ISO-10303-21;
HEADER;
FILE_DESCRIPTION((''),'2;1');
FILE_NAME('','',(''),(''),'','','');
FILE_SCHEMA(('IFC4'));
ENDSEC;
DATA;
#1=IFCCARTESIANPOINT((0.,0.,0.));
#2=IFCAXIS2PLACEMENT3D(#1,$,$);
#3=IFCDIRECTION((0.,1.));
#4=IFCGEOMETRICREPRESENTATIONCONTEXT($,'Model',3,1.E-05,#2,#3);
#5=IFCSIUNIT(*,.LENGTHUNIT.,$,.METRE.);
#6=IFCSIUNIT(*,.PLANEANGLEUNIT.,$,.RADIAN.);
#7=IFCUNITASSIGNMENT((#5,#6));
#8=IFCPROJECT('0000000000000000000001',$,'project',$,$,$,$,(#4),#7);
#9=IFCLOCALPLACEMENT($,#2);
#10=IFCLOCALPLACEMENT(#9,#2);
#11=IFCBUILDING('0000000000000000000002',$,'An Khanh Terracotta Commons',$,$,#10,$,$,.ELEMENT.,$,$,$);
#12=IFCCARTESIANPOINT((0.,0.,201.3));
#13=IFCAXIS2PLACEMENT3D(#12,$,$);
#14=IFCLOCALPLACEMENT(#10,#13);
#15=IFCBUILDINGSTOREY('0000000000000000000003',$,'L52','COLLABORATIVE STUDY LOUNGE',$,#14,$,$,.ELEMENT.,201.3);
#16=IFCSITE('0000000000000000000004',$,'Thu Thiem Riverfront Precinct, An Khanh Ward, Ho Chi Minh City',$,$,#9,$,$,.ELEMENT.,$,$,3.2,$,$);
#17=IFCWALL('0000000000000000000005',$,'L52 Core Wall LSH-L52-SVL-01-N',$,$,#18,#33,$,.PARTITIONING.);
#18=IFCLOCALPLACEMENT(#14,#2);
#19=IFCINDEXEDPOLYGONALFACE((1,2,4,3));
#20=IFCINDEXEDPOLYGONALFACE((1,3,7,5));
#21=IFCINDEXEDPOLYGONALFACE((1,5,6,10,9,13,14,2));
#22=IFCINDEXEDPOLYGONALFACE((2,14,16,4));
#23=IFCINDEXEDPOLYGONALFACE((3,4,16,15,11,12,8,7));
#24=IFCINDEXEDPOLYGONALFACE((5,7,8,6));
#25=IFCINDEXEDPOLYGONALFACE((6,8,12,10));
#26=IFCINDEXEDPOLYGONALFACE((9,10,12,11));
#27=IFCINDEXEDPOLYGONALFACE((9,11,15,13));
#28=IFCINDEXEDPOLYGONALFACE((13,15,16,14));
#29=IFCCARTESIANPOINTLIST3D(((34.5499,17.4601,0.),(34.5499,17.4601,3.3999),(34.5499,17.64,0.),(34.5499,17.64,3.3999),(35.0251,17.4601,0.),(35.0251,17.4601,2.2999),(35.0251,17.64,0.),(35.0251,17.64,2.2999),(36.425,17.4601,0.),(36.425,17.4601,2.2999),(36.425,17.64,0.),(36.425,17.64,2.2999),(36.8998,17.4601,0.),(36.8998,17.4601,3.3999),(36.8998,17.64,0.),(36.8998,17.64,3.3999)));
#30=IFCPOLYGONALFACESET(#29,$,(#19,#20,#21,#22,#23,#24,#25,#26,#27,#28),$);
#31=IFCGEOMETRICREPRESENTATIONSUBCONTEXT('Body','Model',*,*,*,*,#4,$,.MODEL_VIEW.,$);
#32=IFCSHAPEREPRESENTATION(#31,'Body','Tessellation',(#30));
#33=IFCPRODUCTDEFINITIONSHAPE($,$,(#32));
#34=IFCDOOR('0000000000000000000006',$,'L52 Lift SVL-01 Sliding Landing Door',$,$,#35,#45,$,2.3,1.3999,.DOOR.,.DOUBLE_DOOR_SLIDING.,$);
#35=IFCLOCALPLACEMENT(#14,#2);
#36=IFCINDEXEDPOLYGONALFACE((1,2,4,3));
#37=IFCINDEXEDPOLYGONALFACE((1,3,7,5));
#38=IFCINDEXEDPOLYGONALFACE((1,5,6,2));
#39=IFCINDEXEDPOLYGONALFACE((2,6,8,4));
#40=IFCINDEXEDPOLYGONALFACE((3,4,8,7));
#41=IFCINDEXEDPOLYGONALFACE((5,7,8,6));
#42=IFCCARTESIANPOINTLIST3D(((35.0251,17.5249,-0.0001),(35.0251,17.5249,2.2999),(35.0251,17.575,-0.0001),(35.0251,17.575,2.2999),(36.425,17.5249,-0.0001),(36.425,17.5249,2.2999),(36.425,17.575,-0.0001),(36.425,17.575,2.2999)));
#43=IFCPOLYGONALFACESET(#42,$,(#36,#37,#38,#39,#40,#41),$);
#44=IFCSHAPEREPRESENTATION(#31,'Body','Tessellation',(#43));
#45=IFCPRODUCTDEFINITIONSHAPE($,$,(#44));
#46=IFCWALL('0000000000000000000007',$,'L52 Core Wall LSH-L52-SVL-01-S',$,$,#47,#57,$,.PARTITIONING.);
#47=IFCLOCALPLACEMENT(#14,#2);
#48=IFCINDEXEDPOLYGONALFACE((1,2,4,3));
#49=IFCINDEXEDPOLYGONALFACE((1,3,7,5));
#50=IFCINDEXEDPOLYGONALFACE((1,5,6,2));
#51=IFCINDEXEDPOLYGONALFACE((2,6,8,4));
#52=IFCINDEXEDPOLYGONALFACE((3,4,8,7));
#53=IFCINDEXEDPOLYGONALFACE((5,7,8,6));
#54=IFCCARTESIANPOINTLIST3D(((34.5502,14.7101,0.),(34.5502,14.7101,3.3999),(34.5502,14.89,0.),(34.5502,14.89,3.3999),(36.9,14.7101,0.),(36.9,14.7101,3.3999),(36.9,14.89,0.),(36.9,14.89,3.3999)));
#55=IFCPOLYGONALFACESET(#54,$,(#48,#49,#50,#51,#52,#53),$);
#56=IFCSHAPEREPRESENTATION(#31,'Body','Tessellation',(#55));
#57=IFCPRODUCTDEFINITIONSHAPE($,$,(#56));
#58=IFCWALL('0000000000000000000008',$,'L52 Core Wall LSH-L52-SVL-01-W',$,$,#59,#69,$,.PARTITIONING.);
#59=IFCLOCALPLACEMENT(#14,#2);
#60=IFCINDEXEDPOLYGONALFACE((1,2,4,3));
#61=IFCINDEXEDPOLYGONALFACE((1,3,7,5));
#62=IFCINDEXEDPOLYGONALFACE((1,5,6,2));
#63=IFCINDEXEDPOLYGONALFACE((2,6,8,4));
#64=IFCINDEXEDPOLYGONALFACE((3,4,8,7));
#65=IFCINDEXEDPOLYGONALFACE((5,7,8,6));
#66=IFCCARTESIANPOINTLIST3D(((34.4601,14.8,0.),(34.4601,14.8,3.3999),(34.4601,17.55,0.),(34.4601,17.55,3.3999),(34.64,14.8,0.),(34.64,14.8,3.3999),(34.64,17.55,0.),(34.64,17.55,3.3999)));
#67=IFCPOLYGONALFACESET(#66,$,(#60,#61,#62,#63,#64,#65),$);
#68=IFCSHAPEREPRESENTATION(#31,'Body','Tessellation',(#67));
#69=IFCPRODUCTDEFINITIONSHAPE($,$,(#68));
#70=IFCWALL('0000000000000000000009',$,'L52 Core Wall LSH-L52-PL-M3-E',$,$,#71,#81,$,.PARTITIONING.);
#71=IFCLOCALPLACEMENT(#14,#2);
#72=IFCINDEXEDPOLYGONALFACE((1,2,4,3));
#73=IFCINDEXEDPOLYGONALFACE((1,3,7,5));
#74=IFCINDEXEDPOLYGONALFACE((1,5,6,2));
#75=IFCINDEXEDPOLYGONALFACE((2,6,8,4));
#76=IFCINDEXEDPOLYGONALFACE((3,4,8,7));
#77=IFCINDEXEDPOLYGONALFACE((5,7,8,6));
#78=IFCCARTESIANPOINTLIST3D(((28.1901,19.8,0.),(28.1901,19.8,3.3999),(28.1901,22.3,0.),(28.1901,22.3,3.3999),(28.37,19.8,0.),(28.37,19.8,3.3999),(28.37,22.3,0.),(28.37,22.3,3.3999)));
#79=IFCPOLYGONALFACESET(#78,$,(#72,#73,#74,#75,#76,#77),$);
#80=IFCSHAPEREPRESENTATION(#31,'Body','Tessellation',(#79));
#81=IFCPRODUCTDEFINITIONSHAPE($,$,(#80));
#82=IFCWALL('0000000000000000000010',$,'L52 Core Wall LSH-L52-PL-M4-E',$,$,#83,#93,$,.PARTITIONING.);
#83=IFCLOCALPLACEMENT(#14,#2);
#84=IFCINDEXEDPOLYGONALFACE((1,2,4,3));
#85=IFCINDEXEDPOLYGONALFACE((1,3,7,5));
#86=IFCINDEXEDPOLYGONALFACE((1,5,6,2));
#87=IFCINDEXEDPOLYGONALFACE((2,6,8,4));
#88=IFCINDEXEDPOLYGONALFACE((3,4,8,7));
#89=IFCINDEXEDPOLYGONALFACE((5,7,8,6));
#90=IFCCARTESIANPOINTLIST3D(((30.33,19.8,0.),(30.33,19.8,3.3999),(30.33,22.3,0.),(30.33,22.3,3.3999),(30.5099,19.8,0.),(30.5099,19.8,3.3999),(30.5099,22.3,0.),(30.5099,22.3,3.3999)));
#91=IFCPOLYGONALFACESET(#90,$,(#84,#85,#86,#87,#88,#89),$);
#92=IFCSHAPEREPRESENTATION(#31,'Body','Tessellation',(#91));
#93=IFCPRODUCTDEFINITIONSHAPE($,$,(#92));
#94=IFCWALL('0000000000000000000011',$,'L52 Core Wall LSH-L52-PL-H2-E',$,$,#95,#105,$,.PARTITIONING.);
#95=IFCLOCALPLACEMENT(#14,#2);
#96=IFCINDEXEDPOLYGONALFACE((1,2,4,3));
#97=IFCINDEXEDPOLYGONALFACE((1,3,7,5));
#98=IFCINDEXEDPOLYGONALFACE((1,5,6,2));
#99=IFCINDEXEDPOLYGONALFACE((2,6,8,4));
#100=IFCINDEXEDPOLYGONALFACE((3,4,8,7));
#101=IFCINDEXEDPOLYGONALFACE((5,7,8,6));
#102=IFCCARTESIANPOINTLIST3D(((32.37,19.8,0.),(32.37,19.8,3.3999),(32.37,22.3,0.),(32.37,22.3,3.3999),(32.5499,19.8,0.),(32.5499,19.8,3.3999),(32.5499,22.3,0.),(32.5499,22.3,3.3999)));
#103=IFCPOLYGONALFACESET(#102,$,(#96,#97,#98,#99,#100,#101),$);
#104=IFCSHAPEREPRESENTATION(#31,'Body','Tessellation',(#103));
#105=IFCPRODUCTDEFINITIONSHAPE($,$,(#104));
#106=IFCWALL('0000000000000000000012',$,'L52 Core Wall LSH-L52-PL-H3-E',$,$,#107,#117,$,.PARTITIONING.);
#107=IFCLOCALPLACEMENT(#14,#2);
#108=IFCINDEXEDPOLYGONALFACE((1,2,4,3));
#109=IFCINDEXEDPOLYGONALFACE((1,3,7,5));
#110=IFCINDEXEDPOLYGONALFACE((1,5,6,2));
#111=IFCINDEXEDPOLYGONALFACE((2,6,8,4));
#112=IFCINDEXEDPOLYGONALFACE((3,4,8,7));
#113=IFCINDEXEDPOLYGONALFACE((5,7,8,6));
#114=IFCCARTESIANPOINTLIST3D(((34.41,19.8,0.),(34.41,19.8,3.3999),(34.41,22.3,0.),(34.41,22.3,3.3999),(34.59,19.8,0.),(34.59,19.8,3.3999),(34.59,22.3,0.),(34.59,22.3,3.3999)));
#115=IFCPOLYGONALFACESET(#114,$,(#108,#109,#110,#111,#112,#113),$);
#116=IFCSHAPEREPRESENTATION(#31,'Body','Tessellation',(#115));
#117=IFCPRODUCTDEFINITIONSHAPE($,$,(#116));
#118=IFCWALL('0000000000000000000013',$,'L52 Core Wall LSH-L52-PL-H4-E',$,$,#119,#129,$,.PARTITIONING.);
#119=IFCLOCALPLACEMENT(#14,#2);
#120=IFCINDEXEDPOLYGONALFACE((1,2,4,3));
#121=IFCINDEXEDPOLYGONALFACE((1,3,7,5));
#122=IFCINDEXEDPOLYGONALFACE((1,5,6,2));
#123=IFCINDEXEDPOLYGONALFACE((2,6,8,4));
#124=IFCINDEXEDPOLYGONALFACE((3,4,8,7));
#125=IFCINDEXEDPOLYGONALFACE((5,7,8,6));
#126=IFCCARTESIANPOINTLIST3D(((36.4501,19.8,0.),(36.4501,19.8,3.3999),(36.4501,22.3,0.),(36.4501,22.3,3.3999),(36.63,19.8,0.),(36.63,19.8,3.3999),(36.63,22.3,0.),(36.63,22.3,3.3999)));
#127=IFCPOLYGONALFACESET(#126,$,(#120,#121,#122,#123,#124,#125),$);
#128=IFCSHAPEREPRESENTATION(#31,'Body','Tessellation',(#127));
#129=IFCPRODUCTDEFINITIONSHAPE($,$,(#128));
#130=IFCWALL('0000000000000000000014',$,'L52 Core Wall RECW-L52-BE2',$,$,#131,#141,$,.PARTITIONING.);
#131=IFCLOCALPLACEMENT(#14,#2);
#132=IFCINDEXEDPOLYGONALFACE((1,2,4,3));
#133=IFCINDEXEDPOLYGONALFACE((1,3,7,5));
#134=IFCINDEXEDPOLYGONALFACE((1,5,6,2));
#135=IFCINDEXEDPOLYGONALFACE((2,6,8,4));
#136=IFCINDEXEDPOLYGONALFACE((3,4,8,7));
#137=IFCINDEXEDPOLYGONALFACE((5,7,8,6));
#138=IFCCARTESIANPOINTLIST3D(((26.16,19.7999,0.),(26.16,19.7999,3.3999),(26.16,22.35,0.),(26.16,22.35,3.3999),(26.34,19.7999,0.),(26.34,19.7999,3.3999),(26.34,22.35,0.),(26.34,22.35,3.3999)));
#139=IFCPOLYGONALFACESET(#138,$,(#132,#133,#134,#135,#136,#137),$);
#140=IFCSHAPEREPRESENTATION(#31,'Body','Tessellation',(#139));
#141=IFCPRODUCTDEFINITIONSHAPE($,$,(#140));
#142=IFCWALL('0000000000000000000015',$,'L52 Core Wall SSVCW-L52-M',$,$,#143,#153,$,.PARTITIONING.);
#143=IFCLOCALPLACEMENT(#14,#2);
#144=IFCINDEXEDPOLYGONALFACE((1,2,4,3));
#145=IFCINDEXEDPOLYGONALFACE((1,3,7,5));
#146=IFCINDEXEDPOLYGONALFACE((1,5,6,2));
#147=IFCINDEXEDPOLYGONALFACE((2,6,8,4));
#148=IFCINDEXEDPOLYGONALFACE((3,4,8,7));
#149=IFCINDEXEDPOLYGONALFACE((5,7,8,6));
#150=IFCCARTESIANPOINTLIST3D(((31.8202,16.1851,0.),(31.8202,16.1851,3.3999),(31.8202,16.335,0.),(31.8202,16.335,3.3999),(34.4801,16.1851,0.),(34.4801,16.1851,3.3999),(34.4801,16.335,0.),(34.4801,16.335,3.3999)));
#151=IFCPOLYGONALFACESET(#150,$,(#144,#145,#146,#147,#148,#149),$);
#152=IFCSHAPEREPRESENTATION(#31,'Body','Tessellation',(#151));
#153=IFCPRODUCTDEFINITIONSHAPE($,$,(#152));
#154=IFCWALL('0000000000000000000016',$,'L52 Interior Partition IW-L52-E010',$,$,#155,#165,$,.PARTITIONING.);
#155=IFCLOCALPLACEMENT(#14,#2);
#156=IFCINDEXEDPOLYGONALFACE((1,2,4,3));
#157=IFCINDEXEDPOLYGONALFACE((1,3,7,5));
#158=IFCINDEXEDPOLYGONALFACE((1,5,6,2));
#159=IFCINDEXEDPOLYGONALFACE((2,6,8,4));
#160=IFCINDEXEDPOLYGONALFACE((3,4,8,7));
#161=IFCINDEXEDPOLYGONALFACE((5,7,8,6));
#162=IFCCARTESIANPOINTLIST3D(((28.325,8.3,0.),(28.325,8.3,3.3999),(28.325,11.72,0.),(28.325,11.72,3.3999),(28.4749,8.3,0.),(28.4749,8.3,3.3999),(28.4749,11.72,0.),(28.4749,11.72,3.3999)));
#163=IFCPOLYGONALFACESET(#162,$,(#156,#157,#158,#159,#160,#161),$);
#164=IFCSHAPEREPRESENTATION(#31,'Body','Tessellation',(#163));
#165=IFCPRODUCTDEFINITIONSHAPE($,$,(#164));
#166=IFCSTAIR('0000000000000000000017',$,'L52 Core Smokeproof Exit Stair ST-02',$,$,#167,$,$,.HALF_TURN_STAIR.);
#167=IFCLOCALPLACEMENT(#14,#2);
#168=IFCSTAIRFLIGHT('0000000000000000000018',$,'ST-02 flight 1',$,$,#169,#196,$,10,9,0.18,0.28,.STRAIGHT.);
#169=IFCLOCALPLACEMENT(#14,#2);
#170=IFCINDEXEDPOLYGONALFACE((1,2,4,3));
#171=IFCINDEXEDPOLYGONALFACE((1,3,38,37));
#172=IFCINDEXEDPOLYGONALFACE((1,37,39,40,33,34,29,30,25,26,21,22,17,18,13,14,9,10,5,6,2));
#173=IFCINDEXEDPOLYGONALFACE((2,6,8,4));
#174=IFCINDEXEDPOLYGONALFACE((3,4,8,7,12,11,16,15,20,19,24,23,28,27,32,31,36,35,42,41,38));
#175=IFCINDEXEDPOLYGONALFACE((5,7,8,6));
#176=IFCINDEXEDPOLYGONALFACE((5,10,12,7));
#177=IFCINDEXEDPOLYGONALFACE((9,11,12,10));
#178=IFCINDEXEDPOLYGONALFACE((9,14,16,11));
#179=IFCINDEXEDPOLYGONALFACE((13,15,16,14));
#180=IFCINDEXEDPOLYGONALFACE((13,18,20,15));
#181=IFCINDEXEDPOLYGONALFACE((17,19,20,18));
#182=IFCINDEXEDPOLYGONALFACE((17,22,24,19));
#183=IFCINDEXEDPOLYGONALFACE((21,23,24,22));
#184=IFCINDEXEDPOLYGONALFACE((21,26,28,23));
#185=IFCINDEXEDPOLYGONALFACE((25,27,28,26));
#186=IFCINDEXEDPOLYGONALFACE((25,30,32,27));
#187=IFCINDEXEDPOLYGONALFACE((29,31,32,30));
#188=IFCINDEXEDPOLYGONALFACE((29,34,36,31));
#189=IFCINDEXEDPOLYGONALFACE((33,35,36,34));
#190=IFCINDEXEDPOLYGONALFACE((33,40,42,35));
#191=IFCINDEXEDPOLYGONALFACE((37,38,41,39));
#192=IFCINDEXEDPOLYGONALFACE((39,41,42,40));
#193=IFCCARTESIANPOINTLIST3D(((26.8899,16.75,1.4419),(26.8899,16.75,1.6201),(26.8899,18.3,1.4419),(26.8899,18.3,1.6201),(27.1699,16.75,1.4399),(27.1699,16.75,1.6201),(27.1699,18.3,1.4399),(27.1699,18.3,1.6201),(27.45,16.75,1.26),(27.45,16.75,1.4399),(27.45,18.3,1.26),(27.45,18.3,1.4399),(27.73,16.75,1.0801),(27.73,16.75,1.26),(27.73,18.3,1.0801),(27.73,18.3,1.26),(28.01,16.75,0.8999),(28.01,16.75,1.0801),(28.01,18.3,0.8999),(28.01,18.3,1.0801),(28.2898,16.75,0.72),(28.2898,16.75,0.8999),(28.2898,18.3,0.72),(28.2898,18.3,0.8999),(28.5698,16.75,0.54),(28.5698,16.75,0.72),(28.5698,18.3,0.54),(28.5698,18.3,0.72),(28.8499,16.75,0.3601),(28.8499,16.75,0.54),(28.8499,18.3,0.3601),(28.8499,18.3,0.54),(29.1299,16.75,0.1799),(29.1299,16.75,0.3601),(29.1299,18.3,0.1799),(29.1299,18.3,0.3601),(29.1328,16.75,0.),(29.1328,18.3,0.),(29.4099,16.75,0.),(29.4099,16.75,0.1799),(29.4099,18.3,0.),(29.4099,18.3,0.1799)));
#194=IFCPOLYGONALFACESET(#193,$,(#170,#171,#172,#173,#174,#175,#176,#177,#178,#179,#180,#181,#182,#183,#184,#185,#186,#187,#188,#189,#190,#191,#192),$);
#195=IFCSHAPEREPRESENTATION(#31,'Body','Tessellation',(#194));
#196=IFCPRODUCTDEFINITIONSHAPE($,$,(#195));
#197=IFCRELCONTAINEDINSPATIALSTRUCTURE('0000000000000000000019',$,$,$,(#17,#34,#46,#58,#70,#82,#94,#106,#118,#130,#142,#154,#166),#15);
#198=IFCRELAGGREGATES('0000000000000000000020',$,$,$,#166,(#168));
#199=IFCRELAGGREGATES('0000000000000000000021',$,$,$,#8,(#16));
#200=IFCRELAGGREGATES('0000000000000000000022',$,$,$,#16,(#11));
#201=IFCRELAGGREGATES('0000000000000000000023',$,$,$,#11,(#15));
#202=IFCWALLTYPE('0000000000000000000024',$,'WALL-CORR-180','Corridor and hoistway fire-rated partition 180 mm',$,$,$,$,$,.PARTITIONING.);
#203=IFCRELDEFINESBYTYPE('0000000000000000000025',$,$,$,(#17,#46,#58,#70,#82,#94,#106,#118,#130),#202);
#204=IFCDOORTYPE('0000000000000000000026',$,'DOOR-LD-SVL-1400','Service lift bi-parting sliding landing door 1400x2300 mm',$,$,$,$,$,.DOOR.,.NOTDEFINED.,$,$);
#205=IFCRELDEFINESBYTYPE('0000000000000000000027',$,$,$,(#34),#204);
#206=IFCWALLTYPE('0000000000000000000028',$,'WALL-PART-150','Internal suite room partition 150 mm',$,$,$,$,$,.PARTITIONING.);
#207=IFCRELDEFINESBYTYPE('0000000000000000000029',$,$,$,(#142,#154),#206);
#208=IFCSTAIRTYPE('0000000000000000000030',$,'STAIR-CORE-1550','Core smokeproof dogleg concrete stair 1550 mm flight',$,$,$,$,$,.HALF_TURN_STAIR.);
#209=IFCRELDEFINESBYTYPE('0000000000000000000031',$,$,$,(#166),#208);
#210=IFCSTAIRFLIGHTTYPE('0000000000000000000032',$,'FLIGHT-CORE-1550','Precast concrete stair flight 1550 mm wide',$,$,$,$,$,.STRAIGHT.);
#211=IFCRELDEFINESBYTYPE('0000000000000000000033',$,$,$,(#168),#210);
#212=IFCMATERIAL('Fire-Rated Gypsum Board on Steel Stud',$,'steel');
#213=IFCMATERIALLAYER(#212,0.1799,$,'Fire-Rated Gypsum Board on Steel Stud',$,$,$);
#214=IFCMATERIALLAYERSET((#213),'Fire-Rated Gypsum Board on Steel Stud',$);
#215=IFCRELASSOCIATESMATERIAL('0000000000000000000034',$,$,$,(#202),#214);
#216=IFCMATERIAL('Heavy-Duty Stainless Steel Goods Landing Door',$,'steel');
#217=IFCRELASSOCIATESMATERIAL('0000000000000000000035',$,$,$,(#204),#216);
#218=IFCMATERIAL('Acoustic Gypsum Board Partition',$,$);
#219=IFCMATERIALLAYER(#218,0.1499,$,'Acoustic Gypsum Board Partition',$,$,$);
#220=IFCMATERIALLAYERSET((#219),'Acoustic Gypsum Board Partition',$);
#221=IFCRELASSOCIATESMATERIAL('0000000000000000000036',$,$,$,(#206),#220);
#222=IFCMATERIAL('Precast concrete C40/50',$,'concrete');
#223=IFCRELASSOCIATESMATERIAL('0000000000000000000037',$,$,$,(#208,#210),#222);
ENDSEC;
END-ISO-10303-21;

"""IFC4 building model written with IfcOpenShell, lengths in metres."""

from ifc_helpers import new_model, si_unit, direction, frame, frame_2d, origin, place, context, subcontext, project, spatial, polyline, rectangle, outline, extrude, material, layer, layer_set, type_object, element, fill, aggregate, save


model = new_model("IFC4")

# Units and contexts
model_context = context("Model", 3, precision=1e-05, world=origin(), true_north=direction((0.0, 1.0)))
body_context = subcontext(model_context, "Body", "Model", "MODEL_VIEW")
ifc_project = project(units=[si_unit("LENGTHUNIT", "METRE"), si_unit("PLANEANGLEUNIT", "RADIAN")], contexts=[model_context])

# Site, building, storey
site_placement = place(None, origin())
site = spatial("IfcSite", under=ifc_project, at=site_placement, Name="Thu Thiem Riverfront Precinct, An Khanh Ward, Ho Chi Minh City", CompositionType="ELEMENT", RefElevation=3.2)
building_placement = place(site_placement, origin())
building = spatial("IfcBuilding", under=site, at=building_placement, Name="An Khanh Terracotta Commons", CompositionType="ELEMENT")
storey_placement = place(building_placement, frame((0.0, 0.0, 201.3)))
storey = spatial("IfcBuildingStorey", under=building, at=storey_placement, Name="L52", Description="COLLABORATIVE STUDY LOUNGE", CompositionType="ELEMENT", Elevation=201.3)

# Wall, opening, door
ifc_material_1 = material(Name="Fire-Rated Gypsum Board on Steel Stud", Category="steel")
ifc_layer_1 = layer(ifc_material_1, 0.1799, Name="Fire-Rated Gypsum Board on Steel Stud")
ifc_layer_set_1 = layer_set([ifc_layer_1], Name="Fire-Rated Gypsum Board on Steel Stud")
wall_type_1 = type_object("IfcWallType", Name="WALL-CORR-180", Description="Corridor and hoistway fire-rated partition 180 mm", PredefinedType="PARTITIONING", material=ifc_layer_set_1)
wall_1_placement = place(storey_placement, frame((34.55, 17.55, 0.0), z_axis=(0.0, 0.0, 1.0), x_axis=(1.0, 0.0, 0.0)))
wall_1 = element("IfcWall", 1, at=wall_1_placement, inside=storey, type_object=wall_type_1, Name="L52 Core Wall LSH-L52-SVL-01-N", PredefinedType="PARTITIONING", context=body_context, shape_type="SweptSolid", body=[
    extrude(rectangle(XDim=2.3499, YDim=0.1799, at=frame_2d((1.1748, 0.0))), origin(), (0.0, 0.0, 1.0), 3.3999),
])
opening_1_placement = place(wall_1_placement, frame((0.4751, 0.0, 0.0)))
opening_1 = element("IfcOpeningElement", 2, at=opening_1_placement, cuts=wall_1, PredefinedType="OPENING", context=body_context, shape_type="SweptSolid", body=[
    extrude(rectangle(XDim=1.3999, YDim=2.3, at=frame_2d((0.7, 1.1499))), frame((0.0, 0.0999, 0.0), z_axis=(0.0, -1.0, 0.0), x_axis=(1.0, 0.0, 0.0)), (0.0, 0.0, 1.0), 0.2),
])
ifc_material_2 = material(Name="Heavy-Duty Stainless Steel Goods Landing Door", Category="steel")
door_type_1 = type_object("IfcDoorType", Name="DOOR-LD-SVL-1400", Description="Service lift bi-parting sliding landing door 1400x2300 mm", OperationType="NOTDEFINED", PredefinedType="DOOR", material=ifc_material_2)
door_1_placement = place(opening_1_placement, origin())
door_1 = element("IfcDoor", 3, at=door_1_placement, inside=storey, type_object=door_type_1, Name="L52 Lift SVL-01 Sliding Landing Door", OperationType="DOUBLE_DOOR_SLIDING", OverallHeight=2.3, OverallWidth=1.3999, PredefinedType="DOOR", context=body_context, shape_type="SweptSolid", body=[
    extrude(rectangle(XDim=1.3999, YDim=2.3, at=frame_2d((0.7, 1.1499))), frame((0.0, 0.0249, 0.0), z_axis=(0.0, -1.0, 0.0), x_axis=(1.0, 0.0, 0.0)), (0.0, 0.0, 1.0), 0.05),
])
fill(opening_1, door_1)

# Walls
wall_2_placement = place(storey_placement, frame((36.8999, 14.8, 0.0), z_axis=(0.0, 0.0, 1.0), x_axis=(-1.0, 0.0, 0.0)))
element("IfcWall", 4, at=wall_2_placement, inside=storey, type_object=wall_type_1, Name="L52 Core Wall LSH-L52-SVL-01-S", PredefinedType="PARTITIONING", context=body_context, shape_type="SweptSolid", body=[
    extrude(rectangle(XDim=2.3499, YDim=0.1799, at=frame_2d((1.1748, 0.0))), origin(), (0.0, 0.0, 1.0), 3.3999),
])
wall_3_placement = place(storey_placement, frame((34.55, 17.55, 0.0), z_axis=(0.0, 0.0, 1.0), x_axis=(0.0, -1.0, 0.0)))
element("IfcWall", 5, at=wall_3_placement, inside=storey, type_object=wall_type_1, Name="L52 Core Wall LSH-L52-SVL-01-W", PredefinedType="PARTITIONING", context=body_context, shape_type="SweptSolid", body=[
    extrude(rectangle(XDim=2.75, YDim=0.1799, at=frame_2d((1.375, 0.0))), origin(), (0.0, 0.0, 1.0), 3.3999),
])
for number, where, z_axis, x_axis, name in (
    (6, (28.28, 19.8, 0.0), (0.0, 0.0, 1.0), (0.0, 1.0, 0.0), "L52 Core Wall LSH-L52-PL-M3-E"),
    (7, (30.4199, 19.8, 0.0), (0.0, 0.0, 1.0), (0.0, 1.0, 0.0), "L52 Core Wall LSH-L52-PL-M4-E"),
    (8, (32.46, 19.8, 0.0), (0.0, 0.0, 1.0), (0.0, 1.0, 0.0), "L52 Core Wall LSH-L52-PL-H2-E"),
    (9, (34.5, 19.8, 0.0), (0.0, 0.0, 1.0), (0.0, 1.0, 0.0), "L52 Core Wall LSH-L52-PL-H3-E"),
    (10, (36.54, 19.8, 0.0), (0.0, 0.0, 1.0), (0.0, 1.0, 0.0), "L52 Core Wall LSH-L52-PL-H4-E"),
):
    element("IfcWall", number, at=place(storey_placement, frame(where, z_axis=z_axis, x_axis=x_axis)), inside=storey, type_object=wall_type_1, Name=name, PredefinedType="PARTITIONING", context=body_context, shape_type="SweptSolid", body=[
        extrude(rectangle(XDim=2.5, YDim=0.1799, at=frame_2d((1.25, 0.0))), origin(), (0.0, 0.0, 1.0), 3.3999),
    ])
wall_4_placement = place(storey_placement, frame((26.25, 19.8, 0.0), z_axis=(0.0, 0.0, 1.0), x_axis=(0.0, 1.0, 0.0)))
element("IfcWall", 11, at=wall_4_placement, inside=storey, type_object=wall_type_1, Name="L52 Core Wall RECW-L52-BE2", PredefinedType="PARTITIONING", context=body_context, shape_type="SweptSolid", body=[
    extrude(rectangle(XDim=2.55, YDim=0.1799, at=frame_2d((1.2749, 0.0))), origin(), (0.0, 0.0, 1.0), 3.3999),
])
ifc_material_3 = material(Name="Acoustic Gypsum Board Partition")
ifc_layer_2 = layer(ifc_material_3, 0.1499, Name="Acoustic Gypsum Board Partition")
ifc_layer_set_2 = layer_set([ifc_layer_2], Name="Acoustic Gypsum Board Partition")
wall_type_2 = type_object("IfcWallType", Name="WALL-PART-150", Description="Internal suite room partition 150 mm", PredefinedType="PARTITIONING", material=ifc_layer_set_2)
wall_5_placement = place(storey_placement, frame((31.8201, 16.26, 0.0), z_axis=(0.0, 0.0, 1.0), x_axis=(1.0, 0.0, 0.0)))
element("IfcWall", 12, at=wall_5_placement, inside=storey, type_object=wall_type_2, Name="L52 Core Wall SSVCW-L52-M", PredefinedType="PARTITIONING", context=body_context, shape_type="SweptSolid", body=[
    extrude(rectangle(XDim=2.6599, YDim=0.1499, at=frame_2d((1.3301, 0.0))), origin(), (0.0, 0.0, 1.0), 3.3999),
])
wall_6_placement = place(storey_placement, frame((28.3999, 8.3, 0.0), z_axis=(0.0, 0.0, 1.0), x_axis=(0.0, 1.0, 0.0)))
element("IfcWall", 13, at=wall_6_placement, inside=storey, type_object=wall_type_2, Name="L52 Interior Partition IW-L52-E010", PredefinedType="PARTITIONING", context=body_context, shape_type="SweptSolid", body=[
    extrude(rectangle(XDim=3.4199, YDim=0.1499, at=frame_2d((1.71, 0.0))), origin(), (0.0, 0.0, 1.0), 3.3999),
])

# Stair, stair flight
ifc_material_4 = material(Name="Precast concrete C40/50", Category="concrete")
stair_type = type_object("IfcStairType", Name="STAIR-CORE-1550", Description="Core smokeproof dogleg concrete stair 1550 mm flight", PredefinedType="HALF_TURN_STAIR", material=ifc_material_4)
stair_placement = place(storey_placement, origin())
stair = element("IfcStair", 14, at=stair_placement, inside=storey, type_object=stair_type, Name="L52 Core Smokeproof Exit Stair ST-02", PredefinedType="HALF_TURN_STAIR")
stair_flight_type = type_object("IfcStairFlightType", Name="FLIGHT-CORE-1550", Description="Precast concrete stair flight 1550 mm wide", PredefinedType="STRAIGHT", material=ifc_material_4)
stair_flight_1_placement = place(storey_placement, frame((29.4099, 17.5249, 0.0), z_axis=(0.0, 0.0, 1.0), x_axis=(-1.0, 0.0, 0.0)))
stair_flight_1 = element("IfcStairFlight", 15, at=stair_flight_1_placement, type_object=stair_flight_type, Name="ST-02 flight 1", NumberOfRisers=10, NumberOfTreads=9, PredefinedType="STRAIGHT", RiserHeight=0.18, TreadLength=0.28, context=body_context, shape_type="SweptSolid", body=[
    extrude(outline(polyline([(0.0, 0.0), (0.0, 0.1799), (0.28, 0.1799), (0.28, 0.3601), (0.5601, 0.3601), (0.5601, 0.54), (0.8401, 0.54), (0.8401, 0.72), (1.1201, 0.72), (1.1201, 0.8999), (1.3999, 0.8999), (1.3999, 1.0801), (1.6799, 1.0801), (1.6799, 1.26), (1.96, 1.26), (1.96, 1.4399), (2.24, 1.4399), (2.24, 1.6201), (2.52, 1.6201), (2.52, 1.8), (2.52, 1.4419), (0.2771, 0.0), (0.0, 0.0)])), frame((0.0, 0.7749, 0.0), z_axis=(0.0, -1.0, 0.0), x_axis=(1.0, 0.0, 0.0)), (0.0, 0.0, 1.0), 1.55),
])
aggregate(stair, [stair_flight_1])

save(model, "model.ifc")
